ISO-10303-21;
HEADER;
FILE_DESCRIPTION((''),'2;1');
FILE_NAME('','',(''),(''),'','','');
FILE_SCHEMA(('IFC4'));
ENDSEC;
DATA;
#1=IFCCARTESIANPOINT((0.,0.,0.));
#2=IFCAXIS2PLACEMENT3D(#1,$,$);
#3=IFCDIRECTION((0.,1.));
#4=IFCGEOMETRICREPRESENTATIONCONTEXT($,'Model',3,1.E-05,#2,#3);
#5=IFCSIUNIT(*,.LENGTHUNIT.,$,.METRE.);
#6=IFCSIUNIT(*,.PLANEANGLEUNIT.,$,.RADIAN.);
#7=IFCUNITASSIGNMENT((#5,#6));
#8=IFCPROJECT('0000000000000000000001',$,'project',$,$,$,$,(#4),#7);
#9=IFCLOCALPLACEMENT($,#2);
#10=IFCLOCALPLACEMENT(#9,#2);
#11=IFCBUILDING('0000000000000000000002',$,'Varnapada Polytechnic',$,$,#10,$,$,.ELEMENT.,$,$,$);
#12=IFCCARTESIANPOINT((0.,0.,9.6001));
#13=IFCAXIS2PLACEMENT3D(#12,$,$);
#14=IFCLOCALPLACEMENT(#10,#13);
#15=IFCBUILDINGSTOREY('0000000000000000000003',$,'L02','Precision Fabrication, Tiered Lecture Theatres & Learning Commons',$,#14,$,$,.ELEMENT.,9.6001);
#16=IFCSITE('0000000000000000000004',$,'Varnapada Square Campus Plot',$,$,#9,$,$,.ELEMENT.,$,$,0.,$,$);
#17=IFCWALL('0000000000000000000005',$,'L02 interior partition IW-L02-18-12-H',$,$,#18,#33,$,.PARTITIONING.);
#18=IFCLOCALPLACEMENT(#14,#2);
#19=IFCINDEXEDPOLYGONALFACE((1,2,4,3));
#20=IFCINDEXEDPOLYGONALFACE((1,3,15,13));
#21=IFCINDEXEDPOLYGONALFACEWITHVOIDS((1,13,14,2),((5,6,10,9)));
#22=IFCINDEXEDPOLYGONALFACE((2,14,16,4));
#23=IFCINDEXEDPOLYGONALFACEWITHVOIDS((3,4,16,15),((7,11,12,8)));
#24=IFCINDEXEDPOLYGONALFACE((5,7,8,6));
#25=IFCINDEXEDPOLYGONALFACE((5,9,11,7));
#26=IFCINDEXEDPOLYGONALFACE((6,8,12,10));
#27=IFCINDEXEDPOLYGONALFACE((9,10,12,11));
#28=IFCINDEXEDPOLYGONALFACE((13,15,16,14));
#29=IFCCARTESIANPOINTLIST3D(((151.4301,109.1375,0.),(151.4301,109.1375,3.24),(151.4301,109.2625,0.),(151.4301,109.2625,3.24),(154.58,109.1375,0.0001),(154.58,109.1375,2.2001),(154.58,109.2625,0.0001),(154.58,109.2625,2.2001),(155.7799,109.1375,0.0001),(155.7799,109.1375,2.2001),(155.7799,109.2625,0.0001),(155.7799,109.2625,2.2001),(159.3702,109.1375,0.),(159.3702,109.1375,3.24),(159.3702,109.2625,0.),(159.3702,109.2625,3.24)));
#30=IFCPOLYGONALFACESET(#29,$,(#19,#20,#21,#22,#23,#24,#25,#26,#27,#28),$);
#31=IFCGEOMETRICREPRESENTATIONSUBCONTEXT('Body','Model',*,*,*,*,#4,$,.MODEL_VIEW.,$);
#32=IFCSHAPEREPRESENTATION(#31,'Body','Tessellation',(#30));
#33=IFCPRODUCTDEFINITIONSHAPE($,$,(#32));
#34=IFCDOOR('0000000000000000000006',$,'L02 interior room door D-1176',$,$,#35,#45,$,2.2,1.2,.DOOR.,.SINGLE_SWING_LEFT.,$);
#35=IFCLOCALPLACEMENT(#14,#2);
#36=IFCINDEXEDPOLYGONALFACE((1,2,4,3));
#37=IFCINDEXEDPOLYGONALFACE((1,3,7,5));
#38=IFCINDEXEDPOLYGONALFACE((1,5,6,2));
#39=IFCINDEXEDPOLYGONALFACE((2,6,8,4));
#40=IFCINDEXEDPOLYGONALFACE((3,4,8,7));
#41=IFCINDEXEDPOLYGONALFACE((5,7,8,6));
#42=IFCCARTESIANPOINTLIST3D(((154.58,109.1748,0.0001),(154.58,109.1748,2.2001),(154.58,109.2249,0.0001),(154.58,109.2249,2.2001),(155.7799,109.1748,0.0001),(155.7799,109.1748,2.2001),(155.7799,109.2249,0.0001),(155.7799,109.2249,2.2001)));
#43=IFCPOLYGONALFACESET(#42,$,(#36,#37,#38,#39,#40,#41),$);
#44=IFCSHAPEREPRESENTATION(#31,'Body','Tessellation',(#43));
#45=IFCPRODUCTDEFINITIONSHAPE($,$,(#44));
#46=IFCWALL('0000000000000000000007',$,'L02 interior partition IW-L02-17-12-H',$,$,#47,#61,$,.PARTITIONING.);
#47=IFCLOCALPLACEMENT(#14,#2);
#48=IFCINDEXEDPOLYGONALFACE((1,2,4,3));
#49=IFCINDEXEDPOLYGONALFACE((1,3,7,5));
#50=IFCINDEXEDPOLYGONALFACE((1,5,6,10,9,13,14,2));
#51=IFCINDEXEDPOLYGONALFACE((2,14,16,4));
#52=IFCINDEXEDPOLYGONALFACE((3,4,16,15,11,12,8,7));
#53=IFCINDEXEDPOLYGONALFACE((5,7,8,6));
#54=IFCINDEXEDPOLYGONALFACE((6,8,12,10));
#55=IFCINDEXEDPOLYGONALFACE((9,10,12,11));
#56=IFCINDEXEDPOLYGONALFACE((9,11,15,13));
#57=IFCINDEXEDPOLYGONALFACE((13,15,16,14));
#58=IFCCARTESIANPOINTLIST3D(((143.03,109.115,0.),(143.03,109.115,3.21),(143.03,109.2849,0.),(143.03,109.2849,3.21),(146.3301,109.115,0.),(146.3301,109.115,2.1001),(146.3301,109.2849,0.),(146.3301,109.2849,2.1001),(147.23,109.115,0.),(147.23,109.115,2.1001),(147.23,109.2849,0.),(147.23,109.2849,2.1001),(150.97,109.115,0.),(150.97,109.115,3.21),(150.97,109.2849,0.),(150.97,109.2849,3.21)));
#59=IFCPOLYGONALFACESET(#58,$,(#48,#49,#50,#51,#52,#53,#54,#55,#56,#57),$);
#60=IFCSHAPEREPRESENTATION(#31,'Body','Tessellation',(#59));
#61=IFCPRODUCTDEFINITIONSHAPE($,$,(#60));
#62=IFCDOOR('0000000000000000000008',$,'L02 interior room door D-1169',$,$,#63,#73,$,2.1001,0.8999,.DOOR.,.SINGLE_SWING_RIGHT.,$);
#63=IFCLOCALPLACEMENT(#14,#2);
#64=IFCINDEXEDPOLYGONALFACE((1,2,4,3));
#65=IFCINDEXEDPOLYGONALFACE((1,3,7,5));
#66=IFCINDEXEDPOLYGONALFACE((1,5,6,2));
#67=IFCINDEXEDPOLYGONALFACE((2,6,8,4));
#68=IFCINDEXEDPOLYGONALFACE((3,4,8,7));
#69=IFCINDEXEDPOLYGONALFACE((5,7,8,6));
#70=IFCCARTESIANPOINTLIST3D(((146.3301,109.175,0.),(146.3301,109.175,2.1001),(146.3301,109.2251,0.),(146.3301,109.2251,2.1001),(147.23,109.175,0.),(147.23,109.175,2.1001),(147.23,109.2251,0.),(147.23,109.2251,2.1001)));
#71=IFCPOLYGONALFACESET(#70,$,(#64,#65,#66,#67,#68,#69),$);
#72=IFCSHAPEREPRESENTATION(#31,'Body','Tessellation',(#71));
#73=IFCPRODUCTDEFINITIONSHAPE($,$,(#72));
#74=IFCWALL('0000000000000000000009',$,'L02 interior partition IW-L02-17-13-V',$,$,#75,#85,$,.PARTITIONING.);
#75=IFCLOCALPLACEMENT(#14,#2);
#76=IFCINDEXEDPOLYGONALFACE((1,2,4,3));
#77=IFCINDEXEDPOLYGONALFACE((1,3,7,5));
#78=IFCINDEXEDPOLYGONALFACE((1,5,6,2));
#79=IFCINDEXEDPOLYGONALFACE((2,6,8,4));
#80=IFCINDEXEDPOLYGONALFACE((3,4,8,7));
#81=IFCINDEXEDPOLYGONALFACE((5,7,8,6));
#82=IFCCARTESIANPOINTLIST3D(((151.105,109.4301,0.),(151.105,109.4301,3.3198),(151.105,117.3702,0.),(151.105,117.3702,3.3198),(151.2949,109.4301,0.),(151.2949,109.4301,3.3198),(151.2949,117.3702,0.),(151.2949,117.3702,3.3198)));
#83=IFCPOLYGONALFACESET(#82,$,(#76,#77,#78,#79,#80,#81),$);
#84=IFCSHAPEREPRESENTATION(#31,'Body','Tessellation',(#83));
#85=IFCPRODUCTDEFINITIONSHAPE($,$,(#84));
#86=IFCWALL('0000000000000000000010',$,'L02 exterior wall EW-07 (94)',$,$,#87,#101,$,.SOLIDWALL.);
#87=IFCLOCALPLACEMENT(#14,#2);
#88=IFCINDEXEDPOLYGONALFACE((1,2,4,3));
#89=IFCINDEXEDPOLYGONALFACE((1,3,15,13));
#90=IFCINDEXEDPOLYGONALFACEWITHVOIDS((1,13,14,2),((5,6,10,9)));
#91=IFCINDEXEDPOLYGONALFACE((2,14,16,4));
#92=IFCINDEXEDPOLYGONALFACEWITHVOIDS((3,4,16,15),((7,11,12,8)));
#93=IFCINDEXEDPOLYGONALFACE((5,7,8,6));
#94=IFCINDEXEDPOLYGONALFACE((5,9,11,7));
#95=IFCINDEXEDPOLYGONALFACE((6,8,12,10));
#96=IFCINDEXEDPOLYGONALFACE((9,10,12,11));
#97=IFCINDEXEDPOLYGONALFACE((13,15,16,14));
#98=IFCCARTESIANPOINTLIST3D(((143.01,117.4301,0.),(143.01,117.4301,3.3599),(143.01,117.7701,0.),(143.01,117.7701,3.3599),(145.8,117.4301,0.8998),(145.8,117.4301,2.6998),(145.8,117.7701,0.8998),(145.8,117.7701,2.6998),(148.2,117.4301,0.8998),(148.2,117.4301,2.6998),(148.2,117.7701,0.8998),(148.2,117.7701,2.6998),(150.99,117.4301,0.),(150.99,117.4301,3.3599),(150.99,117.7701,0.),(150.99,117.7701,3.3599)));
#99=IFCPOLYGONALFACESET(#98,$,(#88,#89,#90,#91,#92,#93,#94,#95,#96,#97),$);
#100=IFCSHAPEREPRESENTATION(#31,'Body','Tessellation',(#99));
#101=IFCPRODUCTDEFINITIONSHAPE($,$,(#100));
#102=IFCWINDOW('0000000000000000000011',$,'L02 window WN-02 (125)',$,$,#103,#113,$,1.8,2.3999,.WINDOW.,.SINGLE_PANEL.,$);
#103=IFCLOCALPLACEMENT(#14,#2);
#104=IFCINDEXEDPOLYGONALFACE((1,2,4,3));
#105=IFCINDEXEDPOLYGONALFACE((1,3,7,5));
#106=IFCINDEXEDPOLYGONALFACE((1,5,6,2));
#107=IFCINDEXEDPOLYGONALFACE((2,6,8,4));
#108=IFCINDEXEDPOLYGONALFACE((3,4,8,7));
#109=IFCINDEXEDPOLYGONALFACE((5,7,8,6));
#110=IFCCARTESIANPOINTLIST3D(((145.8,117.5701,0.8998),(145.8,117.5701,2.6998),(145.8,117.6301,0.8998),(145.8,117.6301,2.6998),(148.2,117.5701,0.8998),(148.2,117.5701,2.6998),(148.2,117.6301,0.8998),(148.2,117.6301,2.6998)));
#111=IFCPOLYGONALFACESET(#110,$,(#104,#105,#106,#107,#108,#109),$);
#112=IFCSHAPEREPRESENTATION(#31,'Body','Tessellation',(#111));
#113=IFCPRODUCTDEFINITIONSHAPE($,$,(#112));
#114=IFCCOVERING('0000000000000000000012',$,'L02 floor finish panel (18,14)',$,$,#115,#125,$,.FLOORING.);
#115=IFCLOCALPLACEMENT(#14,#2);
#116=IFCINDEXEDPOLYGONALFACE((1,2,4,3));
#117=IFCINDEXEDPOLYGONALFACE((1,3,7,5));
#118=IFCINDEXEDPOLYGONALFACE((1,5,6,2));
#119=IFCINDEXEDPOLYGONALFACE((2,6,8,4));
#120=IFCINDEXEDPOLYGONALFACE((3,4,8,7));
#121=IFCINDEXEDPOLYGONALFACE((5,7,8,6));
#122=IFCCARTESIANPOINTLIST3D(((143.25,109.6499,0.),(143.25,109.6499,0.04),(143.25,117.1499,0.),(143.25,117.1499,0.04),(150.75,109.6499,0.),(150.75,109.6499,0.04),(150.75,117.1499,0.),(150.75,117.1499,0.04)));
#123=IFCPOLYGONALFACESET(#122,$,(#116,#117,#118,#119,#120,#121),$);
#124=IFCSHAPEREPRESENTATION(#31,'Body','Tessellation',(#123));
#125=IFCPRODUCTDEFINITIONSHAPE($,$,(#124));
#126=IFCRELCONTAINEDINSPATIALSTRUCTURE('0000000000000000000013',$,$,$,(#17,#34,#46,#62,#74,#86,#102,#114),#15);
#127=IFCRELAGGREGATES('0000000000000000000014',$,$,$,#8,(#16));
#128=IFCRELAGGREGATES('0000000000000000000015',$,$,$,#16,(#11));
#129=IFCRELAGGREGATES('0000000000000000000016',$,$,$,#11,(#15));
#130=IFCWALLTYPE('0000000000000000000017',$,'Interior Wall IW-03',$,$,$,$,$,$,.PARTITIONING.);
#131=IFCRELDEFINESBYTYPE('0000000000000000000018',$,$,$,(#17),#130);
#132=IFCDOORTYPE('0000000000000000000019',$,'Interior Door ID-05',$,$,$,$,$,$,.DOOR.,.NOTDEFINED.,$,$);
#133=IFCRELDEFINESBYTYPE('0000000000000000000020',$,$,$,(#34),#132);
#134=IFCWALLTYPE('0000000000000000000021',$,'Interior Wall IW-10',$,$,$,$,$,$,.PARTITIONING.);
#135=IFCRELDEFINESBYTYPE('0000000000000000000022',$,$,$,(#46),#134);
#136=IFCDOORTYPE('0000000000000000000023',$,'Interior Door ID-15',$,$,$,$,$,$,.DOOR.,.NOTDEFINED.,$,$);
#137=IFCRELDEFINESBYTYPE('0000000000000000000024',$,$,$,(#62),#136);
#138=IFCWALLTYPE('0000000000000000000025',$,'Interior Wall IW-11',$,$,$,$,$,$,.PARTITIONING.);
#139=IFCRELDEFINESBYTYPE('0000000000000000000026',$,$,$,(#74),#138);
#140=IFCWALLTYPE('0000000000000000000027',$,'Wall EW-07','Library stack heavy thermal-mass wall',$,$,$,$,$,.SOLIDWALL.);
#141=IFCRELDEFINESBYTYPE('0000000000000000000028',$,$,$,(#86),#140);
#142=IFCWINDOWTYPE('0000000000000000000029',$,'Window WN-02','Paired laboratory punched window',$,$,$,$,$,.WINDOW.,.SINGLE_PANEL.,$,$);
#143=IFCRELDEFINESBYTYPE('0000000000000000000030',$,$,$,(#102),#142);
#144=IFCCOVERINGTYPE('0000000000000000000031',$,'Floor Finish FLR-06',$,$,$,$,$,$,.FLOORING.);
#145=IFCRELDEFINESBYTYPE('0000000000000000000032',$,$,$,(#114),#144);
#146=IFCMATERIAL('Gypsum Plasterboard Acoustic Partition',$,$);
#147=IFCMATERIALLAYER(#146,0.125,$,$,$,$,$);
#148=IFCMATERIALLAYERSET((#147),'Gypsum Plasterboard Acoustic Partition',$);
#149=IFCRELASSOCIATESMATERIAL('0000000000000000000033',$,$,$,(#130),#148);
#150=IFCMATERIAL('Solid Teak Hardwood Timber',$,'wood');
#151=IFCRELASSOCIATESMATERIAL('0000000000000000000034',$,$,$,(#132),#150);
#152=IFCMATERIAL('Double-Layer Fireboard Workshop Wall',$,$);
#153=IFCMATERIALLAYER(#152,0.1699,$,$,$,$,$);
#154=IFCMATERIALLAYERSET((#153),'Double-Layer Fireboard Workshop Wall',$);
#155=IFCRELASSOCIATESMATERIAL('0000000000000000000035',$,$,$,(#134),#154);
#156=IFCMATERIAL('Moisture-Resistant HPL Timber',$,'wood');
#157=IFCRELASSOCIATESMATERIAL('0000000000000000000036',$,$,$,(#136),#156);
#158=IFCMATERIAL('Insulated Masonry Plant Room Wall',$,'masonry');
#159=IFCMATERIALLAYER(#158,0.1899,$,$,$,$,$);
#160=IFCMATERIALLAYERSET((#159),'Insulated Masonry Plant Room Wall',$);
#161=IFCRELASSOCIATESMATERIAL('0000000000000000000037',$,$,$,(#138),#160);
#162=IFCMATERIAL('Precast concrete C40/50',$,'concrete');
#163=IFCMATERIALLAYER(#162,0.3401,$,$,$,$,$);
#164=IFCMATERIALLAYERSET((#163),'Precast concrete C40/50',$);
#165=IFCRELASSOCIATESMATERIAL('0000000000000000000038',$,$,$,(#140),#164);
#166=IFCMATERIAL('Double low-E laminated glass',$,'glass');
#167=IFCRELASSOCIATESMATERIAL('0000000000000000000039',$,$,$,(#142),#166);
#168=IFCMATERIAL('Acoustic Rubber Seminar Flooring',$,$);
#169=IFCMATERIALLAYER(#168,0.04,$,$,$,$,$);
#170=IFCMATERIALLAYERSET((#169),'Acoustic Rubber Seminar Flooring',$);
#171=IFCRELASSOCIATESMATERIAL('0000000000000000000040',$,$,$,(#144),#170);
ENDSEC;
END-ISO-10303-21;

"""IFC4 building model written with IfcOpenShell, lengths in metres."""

from ifc_helpers import new_model, si_unit, direction, frame, frame_2d, origin, origin_2d, place, context, subcontext, project, spatial, rectangle, extrude, material, layer, layer_set, type_object, element, fill, save


model = new_model("IFC4")

# Units and contexts
model_context = context("Model", 3, precision=1e-05, world=origin(), true_north=direction((0.0, 1.0)))
body_context = subcontext(model_context, "Body", "Model", "MODEL_VIEW")
ifc_project = project(units=[si_unit("LENGTHUNIT", "METRE"), si_unit("PLANEANGLEUNIT", "RADIAN")], contexts=[model_context])

# Site, building, storey
site_placement = place(None, origin())
site = spatial("IfcSite", under=ifc_project, at=site_placement, Name="Varnapada Square Campus Plot", CompositionType="ELEMENT", RefElevation=0.0)
building_placement = place(site_placement, origin())
building = spatial("IfcBuilding", under=site, at=building_placement, Name="Varnapada Polytechnic", CompositionType="ELEMENT")
storey_placement = place(building_placement, frame((0.0, 0.0, 9.6001)))
storey = spatial("IfcBuildingStorey", under=building, at=storey_placement, Name="L02", Description="Precision Fabrication, Tiered Lecture Theatres & Learning Commons", CompositionType="ELEMENT", Elevation=9.6001)

# Shared definitions
ifc_material_1 = material(Name="Double low-E laminated glass", Category="glass")

# Walls, openings, doors
ifc_material_2 = material(Name="Gypsum Plasterboard Acoustic Partition")
ifc_layer_1 = layer(ifc_material_2, 0.125)
ifc_layer_set_1 = layer_set([ifc_layer_1], Name="Gypsum Plasterboard Acoustic Partition")
wall_type_1 = type_object("IfcWallType", Name="Interior Wall IW-03", PredefinedType="PARTITIONING", material=ifc_layer_set_1)
wall_1_placement = place(storey_placement, frame((151.4299, 109.2, 0.0), z_axis=(0.0, 0.0, 1.0), x_axis=(1.0, 0.0, 0.0)))
wall_1 = element("IfcWall", 1, at=wall_1_placement, inside=storey, type_object=wall_type_1, Name="L02 interior partition IW-L02-18-12-H", PredefinedType="PARTITIONING", context=body_context, shape_type="SweptSolid", body=[
    extrude(rectangle(XDim=7.9402, YDim=0.125, at=frame_2d((3.9702, 0.0))), origin(), (0.0, 0.0, 1.0), 3.24),
])
opening_1_placement = place(wall_1_placement, frame((3.1499, 0.0, 0.0)))
opening_1 = element("IfcOpeningElement", 2, at=opening_1_placement, cuts=wall_1, PredefinedType="OPENING", context=body_context, shape_type="SweptSolid", body=[
    extrude(rectangle(XDim=1.2, YDim=2.2, at=frame_2d((0.6001, 1.1001))), frame((0.0, 0.0725, 0.0), z_axis=(0.0, -1.0, 0.0), x_axis=(1.0, 0.0, 0.0)), (0.0, 0.0, 1.0), 0.145),
])
ifc_material_3 = material(Name="Solid Teak Hardwood Timber", Category="wood")
door_type_1 = type_object("IfcDoorType", Name="Interior Door ID-05", OperationType="NOTDEFINED", PredefinedType="DOOR", material=ifc_material_3)
door_1_placement = place(opening_1_placement, origin())
door_1 = element("IfcDoor", 3, at=door_1_placement, inside=storey, type_object=door_type_1, Name="L02 interior room door D-1176", OperationType="SINGLE_SWING_LEFT", OverallHeight=2.2, OverallWidth=1.2, PredefinedType="DOOR", context=body_context, shape_type="SweptSolid", body=[
    extrude(rectangle(XDim=1.2, YDim=2.2, at=frame_2d((0.6001, 1.1001))), frame((0.0, 0.0249, 0.0), z_axis=(0.0, -1.0, 0.0), x_axis=(1.0, 0.0, 0.0)), (0.0, 0.0, 1.0), 0.05),
])
fill(opening_1, door_1)
ifc_material_4 = material(Name="Double-Layer Fireboard Workshop Wall")
ifc_layer_2 = layer(ifc_material_4, 0.1699)
ifc_layer_set_2 = layer_set([ifc_layer_2], Name="Double-Layer Fireboard Workshop Wall")
wall_type_2 = type_object("IfcWallType", Name="Interior Wall IW-10", PredefinedType="PARTITIONING", material=ifc_layer_set_2)
wall_2_placement = place(storey_placement, frame((143.03, 109.2, 0.0), z_axis=(0.0, 0.0, 1.0), x_axis=(1.0, 0.0, 0.0)))
wall_2 = element("IfcWall", 4, at=wall_2_placement, inside=storey, type_object=wall_type_2, Name="L02 interior partition IW-L02-17-12-H", PredefinedType="PARTITIONING", context=body_context, shape_type="SweptSolid", body=[
    extrude(rectangle(XDim=7.9399, YDim=0.1699, at=frame_2d((3.97, 0.0))), origin(), (0.0, 0.0, 1.0), 3.21),
])
opening_2_placement = place(wall_2_placement, frame((3.3, 0.0, 0.0)))
opening_2 = element("IfcOpeningElement", 5, at=opening_2_placement, cuts=wall_2, PredefinedType="OPENING", context=body_context, shape_type="SweptSolid", body=[
    extrude(rectangle(XDim=0.8999, YDim=2.1001, at=frame_2d((0.45, 1.05))), frame((0.0, 0.095, 0.0), z_axis=(0.0, -1.0, 0.0), x_axis=(1.0, 0.0, 0.0)), (0.0, 0.0, 1.0), 0.1899),
])
ifc_material_5 = material(Name="Moisture-Resistant HPL Timber", Category="wood")
door_type_2 = type_object("IfcDoorType", Name="Interior Door ID-15", OperationType="NOTDEFINED", PredefinedType="DOOR", material=ifc_material_5)
door_2_placement = place(opening_2_placement, frame((0.8999, 0.0, 0.0), z_axis=(0.0, 0.0, 1.0), x_axis=(-1.0, 0.0, 0.0)))
door_2 = element("IfcDoor", 6, at=door_2_placement, inside=storey, type_object=door_type_2, Name="L02 interior room door D-1169", OperationType="SINGLE_SWING_RIGHT", OverallHeight=2.1001, OverallWidth=0.8999, PredefinedType="DOOR", context=body_context, shape_type="SweptSolid", body=[
    extrude(rectangle(XDim=0.8999, YDim=2.1001, at=frame_2d((0.45, 1.05))), frame((0.0, 0.0249, 0.0), z_axis=(0.0, -1.0, 0.0), x_axis=(1.0, 0.0, 0.0)), (0.0, 0.0, 1.0), 0.05),
])
fill(opening_2, door_2)

# Wall
ifc_material_6 = material(Name="Insulated Masonry Plant Room Wall", Category="masonry")
ifc_layer_3 = layer(ifc_material_6, 0.1899)
ifc_layer_set_3 = layer_set([ifc_layer_3], Name="Insulated Masonry Plant Room Wall")
wall_type_3 = type_object("IfcWallType", Name="Interior Wall IW-11", PredefinedType="PARTITIONING", material=ifc_layer_set_3)
wall_3_placement = place(storey_placement, frame((151.2, 109.4299, 0.0), z_axis=(0.0, 0.0, 1.0), x_axis=(0.0, 1.0, 0.0)))
element("IfcWall", 7, at=wall_3_placement, inside=storey, type_object=wall_type_3, Name="L02 interior partition IW-L02-17-13-V", PredefinedType="PARTITIONING", context=body_context, shape_type="SweptSolid", body=[
    extrude(rectangle(XDim=7.9402, YDim=0.1899, at=frame_2d((3.9702, 0.0))), origin(), (0.0, 0.0, 1.0), 3.3198),
])

# Wall, opening, window
ifc_material_7 = material(Name="Precast concrete C40/50", Category="concrete")
ifc_layer_4 = layer(ifc_material_7, 0.3401)
ifc_layer_set_4 = layer_set([ifc_layer_4], Name="Precast concrete C40/50")
wall_type_4 = type_object("IfcWallType", Name="Wall EW-07", Description="Library stack heavy thermal-mass wall", PredefinedType="SOLIDWALL", material=ifc_layer_set_4)
wall_4_placement = place(storey_placement, frame((143.01, 117.6001, 0.0), z_axis=(0.0, 0.0, 1.0), x_axis=(1.0, 0.0, 0.0)))
wall_4 = element("IfcWall", 8, at=wall_4_placement, inside=storey, type_object=wall_type_4, Name="L02 exterior wall EW-07 (94)", PredefinedType="SOLIDWALL", context=body_context, shape_type="SweptSolid", body=[
    extrude(rectangle(XDim=7.98, YDim=0.3401, at=frame_2d((3.99, 0.0))), origin(), (0.0, 0.0, 1.0), 3.3599),
])
opening_3_placement = place(wall_4_placement, frame((2.79, 0.0, 0.8999)))
opening_3 = element("IfcOpeningElement", 9, at=opening_3_placement, cuts=wall_4, PredefinedType="OPENING", context=body_context, shape_type="SweptSolid", body=[
    extrude(rectangle(XDim=2.3999, YDim=1.8, at=frame_2d((1.2, 0.8999))), frame((0.0, 0.1799, 0.0), z_axis=(0.0, -1.0, 0.0), x_axis=(1.0, 0.0, 0.0)), (0.0, 0.0, 1.0), 0.3601),
])
window_type = type_object("IfcWindowType", Name="Window WN-02", Description="Paired laboratory punched window", PartitioningType="SINGLE_PANEL", PredefinedType="WINDOW", material=ifc_material_1)
window_placement = place(opening_3_placement, origin())
window = element("IfcWindow", 10, at=window_placement, inside=storey, type_object=window_type, Name="L02 window WN-02 (125)", OverallHeight=1.8, OverallWidth=2.3999, PartitioningType="SINGLE_PANEL", PredefinedType="WINDOW", context=body_context, shape_type="SweptSolid", body=[
    extrude(rectangle(XDim=2.3999, YDim=1.8, at=frame_2d((1.2, 0.8999))), frame((0.0, 0.03, 0.0), z_axis=(0.0, -1.0, 0.0), x_axis=(1.0, 0.0, 0.0)), (0.0, 0.0, 1.0), 0.0601),
])
fill(opening_3, window)

# Covering
ifc_material_8 = material(Name="Acoustic Rubber Seminar Flooring")
ifc_layer_5 = layer(ifc_material_8, 0.04)
ifc_layer_set_5 = layer_set([ifc_layer_5], Name="Acoustic Rubber Seminar Flooring")
covering_type = type_object("IfcCoveringType", Name="Floor Finish FLR-06", PredefinedType="FLOORING", material=ifc_layer_set_5)
covering_placement = place(storey_placement, frame((147.0, 113.3999, 0.0), z_axis=(0.0, 0.0, 1.0), x_axis=(1.0, 0.0, 0.0)))
element("IfcCovering", 11, at=covering_placement, inside=storey, type_object=covering_type, Name="L02 floor finish panel (18,14)", PredefinedType="FLOORING", context=body_context, shape_type="SweptSolid", body=[
    extrude(rectangle(XDim=7.5, YDim=7.5, at=origin_2d()), origin(), (0.0, 0.0, 1.0), 0.04),
])

save(model, "model.ifc")
